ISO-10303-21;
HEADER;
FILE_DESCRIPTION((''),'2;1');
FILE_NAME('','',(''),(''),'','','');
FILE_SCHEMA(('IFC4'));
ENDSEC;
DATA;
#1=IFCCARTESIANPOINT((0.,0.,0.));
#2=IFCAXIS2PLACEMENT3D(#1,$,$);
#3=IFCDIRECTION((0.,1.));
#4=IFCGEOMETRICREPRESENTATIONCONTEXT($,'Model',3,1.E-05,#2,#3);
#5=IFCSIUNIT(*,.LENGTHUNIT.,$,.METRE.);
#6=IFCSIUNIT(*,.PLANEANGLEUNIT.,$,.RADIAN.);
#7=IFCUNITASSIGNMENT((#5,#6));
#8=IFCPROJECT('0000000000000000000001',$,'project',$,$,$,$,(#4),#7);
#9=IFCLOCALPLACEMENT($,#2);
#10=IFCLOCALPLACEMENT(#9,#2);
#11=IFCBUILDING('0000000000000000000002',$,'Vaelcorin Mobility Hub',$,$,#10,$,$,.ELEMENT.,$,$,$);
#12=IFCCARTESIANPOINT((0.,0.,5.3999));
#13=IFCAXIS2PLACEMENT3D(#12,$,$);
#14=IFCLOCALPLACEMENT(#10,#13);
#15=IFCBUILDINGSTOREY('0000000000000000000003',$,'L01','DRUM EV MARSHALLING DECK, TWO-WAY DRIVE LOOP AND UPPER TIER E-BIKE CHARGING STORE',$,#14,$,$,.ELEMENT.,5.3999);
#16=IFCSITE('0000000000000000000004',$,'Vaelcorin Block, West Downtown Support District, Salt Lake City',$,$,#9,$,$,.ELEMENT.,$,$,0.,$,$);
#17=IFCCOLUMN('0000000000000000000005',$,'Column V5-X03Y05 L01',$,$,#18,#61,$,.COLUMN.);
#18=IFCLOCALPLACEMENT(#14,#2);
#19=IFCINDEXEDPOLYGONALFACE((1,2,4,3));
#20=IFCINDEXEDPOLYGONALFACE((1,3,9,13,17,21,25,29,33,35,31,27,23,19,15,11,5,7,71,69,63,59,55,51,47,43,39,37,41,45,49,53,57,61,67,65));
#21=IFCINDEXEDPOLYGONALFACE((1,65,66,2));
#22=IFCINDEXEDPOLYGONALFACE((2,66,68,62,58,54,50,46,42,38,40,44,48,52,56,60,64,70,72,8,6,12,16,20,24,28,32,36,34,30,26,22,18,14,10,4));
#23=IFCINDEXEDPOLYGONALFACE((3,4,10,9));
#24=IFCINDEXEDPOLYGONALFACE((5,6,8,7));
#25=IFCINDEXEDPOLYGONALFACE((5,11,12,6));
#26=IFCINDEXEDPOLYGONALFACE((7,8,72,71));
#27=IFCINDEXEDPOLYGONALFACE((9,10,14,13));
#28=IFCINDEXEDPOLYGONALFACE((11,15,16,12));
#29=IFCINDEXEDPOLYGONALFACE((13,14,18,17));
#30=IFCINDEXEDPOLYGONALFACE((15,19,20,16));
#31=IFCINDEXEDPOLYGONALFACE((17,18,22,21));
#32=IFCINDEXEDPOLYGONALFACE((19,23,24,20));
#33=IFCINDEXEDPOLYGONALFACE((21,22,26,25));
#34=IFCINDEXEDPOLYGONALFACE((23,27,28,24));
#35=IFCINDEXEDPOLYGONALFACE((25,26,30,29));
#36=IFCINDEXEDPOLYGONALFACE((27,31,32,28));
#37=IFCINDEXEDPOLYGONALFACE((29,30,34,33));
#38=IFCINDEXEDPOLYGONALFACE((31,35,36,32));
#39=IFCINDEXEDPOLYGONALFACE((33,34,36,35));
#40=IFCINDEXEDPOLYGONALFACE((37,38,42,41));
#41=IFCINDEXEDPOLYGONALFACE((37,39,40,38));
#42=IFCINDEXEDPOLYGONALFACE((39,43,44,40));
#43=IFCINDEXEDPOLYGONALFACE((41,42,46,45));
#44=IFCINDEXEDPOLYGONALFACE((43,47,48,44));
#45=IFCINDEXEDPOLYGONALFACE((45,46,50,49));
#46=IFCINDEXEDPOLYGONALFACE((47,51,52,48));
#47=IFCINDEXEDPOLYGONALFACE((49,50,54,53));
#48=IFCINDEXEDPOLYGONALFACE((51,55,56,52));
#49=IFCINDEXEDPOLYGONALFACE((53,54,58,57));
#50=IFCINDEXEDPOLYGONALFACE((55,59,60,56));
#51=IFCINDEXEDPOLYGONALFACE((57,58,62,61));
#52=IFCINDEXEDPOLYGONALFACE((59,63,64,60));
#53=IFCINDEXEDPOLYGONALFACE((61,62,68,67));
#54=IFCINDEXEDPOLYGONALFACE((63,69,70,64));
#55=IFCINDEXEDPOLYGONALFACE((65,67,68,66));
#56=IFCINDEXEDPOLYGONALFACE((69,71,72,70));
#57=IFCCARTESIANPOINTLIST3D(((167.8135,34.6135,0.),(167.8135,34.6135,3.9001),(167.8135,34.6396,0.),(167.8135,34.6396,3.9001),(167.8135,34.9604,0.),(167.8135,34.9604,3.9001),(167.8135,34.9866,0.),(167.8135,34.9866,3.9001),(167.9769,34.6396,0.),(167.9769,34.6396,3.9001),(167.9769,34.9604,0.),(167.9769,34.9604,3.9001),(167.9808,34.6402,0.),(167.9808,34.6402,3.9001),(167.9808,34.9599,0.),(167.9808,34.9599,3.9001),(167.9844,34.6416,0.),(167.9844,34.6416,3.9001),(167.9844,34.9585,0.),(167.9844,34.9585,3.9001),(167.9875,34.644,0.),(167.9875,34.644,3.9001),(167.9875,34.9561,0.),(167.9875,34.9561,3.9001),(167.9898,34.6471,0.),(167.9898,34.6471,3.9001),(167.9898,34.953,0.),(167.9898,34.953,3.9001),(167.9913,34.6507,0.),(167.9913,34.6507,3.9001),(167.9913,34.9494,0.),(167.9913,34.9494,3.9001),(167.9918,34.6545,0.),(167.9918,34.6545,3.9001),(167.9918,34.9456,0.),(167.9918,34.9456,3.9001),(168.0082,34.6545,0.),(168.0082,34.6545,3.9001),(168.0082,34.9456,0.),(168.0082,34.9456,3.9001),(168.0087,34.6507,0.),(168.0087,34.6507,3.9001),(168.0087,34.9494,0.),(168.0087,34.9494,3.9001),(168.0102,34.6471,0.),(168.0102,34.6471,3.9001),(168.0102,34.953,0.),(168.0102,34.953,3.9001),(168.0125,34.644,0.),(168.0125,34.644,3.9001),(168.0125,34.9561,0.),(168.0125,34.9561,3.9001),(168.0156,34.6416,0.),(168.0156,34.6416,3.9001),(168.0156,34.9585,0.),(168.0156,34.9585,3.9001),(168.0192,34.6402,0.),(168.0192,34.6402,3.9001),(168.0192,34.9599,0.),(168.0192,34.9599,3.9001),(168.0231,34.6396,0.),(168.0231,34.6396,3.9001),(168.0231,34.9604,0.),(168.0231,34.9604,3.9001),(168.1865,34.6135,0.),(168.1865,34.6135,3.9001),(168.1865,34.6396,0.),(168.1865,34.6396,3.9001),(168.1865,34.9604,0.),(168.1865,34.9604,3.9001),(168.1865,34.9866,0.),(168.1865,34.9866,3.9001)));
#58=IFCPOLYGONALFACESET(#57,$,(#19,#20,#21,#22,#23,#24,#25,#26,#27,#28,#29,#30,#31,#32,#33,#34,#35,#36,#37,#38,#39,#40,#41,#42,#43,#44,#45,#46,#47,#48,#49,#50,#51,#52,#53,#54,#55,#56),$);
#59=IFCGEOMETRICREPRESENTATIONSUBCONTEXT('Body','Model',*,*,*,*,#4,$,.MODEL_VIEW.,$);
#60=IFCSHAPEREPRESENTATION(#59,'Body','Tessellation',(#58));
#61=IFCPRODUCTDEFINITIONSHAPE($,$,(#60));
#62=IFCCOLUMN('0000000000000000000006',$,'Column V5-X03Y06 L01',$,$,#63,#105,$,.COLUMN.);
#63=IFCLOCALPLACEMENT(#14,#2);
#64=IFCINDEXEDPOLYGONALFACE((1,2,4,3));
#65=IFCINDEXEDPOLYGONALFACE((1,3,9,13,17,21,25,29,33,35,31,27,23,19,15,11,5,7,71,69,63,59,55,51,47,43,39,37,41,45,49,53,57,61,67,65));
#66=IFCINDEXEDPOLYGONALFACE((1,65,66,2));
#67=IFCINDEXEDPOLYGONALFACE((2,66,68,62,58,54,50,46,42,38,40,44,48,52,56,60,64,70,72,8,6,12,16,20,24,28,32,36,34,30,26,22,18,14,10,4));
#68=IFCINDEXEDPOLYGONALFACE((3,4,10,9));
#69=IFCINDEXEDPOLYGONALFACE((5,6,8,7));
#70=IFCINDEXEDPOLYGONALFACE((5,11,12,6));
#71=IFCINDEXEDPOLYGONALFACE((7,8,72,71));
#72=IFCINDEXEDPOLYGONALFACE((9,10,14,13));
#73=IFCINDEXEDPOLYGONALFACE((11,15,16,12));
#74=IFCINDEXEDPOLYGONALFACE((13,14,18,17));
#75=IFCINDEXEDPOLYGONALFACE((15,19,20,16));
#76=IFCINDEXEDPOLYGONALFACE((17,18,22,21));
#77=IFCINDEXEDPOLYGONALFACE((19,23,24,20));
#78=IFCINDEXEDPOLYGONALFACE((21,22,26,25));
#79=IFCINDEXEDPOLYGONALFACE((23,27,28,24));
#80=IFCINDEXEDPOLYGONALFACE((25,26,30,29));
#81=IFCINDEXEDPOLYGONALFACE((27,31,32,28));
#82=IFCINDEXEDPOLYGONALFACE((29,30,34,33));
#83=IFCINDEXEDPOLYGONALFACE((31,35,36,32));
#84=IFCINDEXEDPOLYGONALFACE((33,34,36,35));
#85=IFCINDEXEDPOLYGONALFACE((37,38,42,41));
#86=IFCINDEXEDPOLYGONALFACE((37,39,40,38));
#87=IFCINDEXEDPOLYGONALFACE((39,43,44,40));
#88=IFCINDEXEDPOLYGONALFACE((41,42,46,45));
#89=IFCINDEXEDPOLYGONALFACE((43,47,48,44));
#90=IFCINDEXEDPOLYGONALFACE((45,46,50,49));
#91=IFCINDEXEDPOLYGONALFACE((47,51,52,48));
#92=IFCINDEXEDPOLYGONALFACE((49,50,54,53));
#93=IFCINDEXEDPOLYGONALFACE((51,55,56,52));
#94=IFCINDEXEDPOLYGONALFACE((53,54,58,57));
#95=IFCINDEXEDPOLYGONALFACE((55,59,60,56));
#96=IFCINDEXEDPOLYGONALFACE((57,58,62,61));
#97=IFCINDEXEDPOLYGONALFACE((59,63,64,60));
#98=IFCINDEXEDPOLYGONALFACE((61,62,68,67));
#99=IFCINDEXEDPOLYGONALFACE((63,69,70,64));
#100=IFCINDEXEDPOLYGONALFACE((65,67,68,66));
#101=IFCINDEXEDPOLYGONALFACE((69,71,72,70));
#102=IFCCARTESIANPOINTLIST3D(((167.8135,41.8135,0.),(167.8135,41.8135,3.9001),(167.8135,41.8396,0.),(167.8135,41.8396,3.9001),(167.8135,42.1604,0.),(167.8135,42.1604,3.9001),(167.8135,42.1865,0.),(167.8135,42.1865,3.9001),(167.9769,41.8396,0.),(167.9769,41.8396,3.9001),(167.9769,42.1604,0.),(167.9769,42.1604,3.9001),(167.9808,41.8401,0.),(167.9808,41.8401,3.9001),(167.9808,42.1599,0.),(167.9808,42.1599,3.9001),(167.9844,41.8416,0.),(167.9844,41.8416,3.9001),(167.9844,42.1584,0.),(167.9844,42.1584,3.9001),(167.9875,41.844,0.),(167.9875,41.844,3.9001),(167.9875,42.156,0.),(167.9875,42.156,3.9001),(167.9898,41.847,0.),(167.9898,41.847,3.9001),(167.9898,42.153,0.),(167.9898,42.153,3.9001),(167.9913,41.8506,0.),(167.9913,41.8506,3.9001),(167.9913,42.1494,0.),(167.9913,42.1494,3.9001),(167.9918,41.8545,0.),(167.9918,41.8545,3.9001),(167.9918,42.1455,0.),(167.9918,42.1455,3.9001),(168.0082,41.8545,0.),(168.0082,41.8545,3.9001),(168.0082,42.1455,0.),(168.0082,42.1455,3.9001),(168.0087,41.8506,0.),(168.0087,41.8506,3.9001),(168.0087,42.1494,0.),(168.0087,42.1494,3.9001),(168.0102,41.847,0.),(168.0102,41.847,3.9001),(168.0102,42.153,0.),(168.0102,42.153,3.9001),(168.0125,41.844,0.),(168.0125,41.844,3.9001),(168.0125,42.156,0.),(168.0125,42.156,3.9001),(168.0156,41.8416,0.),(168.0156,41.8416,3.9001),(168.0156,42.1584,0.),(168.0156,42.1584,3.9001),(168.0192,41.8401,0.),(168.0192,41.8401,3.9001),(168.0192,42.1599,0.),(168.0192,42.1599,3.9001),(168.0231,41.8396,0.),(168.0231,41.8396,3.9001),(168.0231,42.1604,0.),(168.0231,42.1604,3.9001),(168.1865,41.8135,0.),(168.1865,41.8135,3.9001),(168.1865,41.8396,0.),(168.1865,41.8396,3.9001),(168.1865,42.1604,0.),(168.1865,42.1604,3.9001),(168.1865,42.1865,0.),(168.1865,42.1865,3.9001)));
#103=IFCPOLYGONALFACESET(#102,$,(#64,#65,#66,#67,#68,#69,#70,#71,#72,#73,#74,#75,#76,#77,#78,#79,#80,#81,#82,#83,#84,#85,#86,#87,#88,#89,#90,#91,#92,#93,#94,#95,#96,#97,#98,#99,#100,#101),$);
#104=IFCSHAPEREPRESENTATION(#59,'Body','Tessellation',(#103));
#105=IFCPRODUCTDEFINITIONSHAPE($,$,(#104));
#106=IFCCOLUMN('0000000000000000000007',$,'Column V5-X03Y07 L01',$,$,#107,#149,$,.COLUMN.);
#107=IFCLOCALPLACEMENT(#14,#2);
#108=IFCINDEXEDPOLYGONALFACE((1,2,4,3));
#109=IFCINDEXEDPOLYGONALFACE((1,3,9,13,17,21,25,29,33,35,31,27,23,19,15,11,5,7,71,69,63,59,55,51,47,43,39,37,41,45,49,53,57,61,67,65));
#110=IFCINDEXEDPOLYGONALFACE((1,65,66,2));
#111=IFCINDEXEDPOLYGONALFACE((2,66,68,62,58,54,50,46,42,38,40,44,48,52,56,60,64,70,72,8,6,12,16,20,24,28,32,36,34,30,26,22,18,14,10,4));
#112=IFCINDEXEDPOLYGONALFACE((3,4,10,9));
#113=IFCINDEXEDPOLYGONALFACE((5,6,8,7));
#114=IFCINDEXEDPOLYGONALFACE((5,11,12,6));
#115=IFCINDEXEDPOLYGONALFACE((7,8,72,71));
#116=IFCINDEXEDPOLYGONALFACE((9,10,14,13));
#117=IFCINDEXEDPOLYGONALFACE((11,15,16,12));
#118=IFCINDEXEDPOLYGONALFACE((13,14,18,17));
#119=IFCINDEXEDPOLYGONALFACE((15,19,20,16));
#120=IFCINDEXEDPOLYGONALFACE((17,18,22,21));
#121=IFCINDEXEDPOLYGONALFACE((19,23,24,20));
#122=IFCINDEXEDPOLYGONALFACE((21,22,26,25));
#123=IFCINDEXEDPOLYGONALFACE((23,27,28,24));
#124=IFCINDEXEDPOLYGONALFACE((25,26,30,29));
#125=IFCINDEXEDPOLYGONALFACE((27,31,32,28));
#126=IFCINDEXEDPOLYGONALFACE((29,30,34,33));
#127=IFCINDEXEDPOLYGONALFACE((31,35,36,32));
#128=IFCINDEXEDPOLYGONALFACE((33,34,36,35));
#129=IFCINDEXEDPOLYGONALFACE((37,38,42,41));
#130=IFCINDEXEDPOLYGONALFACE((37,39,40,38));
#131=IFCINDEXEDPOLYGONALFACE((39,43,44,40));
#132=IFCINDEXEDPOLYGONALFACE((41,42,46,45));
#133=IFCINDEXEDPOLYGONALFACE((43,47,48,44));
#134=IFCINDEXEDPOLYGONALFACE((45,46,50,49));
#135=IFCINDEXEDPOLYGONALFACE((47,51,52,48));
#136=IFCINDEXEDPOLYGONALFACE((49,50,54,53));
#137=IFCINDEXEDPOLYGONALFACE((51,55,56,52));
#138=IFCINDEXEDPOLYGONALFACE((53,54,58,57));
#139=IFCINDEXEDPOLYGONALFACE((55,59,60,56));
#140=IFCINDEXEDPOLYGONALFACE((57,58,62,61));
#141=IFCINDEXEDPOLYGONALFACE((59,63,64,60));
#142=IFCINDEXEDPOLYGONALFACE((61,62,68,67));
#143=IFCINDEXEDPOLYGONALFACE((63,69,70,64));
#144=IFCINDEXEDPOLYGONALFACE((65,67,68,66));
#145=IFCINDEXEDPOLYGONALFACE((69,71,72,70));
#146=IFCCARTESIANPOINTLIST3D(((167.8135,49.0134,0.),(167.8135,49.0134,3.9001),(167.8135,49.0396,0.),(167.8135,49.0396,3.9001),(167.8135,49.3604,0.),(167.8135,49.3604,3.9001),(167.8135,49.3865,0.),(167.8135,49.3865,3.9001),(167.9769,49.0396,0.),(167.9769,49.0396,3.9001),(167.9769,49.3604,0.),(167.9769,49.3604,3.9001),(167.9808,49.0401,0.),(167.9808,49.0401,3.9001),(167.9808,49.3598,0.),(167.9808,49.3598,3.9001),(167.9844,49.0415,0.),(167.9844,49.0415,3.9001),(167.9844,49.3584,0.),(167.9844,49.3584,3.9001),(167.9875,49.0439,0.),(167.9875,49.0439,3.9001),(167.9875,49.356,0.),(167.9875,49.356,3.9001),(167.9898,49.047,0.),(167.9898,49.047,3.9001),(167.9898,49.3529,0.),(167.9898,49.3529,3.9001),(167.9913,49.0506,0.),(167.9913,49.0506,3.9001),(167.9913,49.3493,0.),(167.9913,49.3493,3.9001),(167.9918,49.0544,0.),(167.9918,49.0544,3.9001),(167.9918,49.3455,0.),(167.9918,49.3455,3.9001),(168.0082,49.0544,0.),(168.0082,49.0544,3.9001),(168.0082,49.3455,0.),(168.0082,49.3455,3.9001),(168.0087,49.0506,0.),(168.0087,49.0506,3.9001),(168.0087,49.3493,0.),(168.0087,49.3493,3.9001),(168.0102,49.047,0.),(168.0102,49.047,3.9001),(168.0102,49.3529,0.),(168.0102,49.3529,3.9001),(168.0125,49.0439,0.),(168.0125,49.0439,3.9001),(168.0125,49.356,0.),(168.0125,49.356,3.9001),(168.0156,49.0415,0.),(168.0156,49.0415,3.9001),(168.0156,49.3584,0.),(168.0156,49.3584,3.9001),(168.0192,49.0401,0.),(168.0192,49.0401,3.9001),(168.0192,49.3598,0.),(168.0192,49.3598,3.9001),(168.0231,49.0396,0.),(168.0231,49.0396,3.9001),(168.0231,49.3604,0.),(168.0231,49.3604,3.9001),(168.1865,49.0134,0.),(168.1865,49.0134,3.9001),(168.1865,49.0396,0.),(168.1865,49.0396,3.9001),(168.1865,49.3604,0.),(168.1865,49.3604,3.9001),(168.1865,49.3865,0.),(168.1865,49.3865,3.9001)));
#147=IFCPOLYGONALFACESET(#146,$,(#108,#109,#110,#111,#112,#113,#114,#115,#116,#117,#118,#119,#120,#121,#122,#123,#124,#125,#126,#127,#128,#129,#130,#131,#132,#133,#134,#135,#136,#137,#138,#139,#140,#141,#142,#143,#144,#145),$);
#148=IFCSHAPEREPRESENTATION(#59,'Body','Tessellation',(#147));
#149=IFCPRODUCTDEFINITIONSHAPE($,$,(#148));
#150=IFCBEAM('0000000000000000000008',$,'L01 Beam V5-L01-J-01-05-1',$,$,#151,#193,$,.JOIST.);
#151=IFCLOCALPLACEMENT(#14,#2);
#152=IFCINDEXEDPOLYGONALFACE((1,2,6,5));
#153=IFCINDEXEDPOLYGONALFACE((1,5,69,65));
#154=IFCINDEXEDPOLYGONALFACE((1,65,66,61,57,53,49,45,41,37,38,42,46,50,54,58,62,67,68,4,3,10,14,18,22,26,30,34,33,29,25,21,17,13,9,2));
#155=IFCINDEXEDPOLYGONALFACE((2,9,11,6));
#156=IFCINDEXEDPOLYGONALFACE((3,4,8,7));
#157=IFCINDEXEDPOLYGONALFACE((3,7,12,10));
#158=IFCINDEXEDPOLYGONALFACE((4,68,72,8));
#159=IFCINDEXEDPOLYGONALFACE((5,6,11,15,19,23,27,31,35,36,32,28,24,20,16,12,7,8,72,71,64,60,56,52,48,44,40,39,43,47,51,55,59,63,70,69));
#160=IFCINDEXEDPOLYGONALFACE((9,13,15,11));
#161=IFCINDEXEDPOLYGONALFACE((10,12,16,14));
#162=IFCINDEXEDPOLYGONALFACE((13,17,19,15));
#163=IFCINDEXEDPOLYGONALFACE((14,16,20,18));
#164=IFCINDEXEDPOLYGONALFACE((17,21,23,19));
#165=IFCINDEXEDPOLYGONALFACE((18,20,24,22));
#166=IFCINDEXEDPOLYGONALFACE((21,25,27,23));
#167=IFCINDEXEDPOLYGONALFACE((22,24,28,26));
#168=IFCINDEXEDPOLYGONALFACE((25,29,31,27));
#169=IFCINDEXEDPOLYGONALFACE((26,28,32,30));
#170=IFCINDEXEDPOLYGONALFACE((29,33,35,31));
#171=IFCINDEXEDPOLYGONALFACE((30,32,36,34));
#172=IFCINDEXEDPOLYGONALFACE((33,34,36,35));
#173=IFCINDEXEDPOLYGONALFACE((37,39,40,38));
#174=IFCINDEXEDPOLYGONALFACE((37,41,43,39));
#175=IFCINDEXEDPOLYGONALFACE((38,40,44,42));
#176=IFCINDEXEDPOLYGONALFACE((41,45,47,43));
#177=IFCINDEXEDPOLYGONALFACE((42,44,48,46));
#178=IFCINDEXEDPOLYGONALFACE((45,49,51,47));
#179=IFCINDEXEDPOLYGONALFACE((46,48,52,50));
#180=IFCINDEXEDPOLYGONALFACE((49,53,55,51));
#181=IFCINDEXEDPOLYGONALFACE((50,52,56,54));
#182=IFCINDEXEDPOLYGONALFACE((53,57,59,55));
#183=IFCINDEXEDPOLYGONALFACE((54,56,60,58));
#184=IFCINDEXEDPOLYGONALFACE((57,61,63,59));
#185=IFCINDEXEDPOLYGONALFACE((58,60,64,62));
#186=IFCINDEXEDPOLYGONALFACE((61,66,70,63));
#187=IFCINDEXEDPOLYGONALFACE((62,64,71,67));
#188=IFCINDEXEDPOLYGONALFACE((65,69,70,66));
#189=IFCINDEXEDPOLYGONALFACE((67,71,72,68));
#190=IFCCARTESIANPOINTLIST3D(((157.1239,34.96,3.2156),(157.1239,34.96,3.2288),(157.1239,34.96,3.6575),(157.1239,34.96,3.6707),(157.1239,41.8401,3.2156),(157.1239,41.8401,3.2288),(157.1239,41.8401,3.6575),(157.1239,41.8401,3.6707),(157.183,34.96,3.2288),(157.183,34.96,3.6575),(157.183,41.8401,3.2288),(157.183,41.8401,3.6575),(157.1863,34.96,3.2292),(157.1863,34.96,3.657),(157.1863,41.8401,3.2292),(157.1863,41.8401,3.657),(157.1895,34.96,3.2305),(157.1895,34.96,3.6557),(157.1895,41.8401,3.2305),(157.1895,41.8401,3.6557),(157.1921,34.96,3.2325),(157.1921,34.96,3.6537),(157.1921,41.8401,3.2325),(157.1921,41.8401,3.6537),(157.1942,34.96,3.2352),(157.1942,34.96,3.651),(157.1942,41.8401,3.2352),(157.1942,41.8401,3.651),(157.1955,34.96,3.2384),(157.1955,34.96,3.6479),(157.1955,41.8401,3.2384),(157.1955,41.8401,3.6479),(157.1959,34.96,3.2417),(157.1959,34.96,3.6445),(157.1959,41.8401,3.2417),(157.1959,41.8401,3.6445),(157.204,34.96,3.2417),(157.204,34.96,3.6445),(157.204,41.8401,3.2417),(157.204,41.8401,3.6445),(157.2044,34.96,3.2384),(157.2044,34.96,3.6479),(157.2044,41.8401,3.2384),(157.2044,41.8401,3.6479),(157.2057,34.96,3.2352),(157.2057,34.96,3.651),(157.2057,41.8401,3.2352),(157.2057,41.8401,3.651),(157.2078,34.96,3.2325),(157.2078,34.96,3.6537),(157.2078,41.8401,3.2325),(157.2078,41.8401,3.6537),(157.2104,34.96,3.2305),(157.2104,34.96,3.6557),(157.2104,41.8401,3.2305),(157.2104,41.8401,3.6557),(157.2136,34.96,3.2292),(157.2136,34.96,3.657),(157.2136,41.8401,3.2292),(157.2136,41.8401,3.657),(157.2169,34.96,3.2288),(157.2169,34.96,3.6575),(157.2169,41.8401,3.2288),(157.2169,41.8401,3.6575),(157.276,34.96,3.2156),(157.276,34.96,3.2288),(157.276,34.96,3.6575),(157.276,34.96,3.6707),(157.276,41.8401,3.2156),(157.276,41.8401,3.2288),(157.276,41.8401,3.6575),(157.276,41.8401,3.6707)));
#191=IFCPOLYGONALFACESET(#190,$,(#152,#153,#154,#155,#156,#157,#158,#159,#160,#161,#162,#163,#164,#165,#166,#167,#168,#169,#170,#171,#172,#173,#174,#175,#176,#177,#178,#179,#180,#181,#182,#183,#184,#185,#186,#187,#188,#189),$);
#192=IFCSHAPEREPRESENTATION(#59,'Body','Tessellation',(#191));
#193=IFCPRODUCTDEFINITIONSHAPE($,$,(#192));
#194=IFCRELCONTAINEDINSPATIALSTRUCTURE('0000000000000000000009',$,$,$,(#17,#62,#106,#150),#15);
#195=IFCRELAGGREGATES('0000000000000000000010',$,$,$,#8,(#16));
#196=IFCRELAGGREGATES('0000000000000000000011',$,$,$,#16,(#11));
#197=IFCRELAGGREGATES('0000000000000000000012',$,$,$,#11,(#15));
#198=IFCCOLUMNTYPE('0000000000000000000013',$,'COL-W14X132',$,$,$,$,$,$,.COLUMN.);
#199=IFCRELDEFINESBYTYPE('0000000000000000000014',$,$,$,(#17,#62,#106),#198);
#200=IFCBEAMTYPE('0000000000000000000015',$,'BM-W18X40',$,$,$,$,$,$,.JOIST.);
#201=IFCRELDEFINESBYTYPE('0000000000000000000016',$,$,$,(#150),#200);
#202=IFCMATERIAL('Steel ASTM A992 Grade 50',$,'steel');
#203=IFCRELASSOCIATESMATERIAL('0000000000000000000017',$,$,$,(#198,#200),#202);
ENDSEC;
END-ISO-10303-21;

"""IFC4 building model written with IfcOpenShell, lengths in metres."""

from ifc_helpers import new_model, si_unit, direction, frame, origin, origin_2d, place, context, subcontext, project, spatial, i_section, extrude, material, material_profile, profile_set, type_object, element, save


model = new_model("IFC4")

# Units and contexts
model_context = context("Model", 3, precision=1e-05, world=origin(), true_north=direction((0.0, 1.0)))
body_context = subcontext(model_context, "Body", "Model", "MODEL_VIEW")
ifc_project = project(units=[si_unit("LENGTHUNIT", "METRE"), si_unit("PLANEANGLEUNIT", "RADIAN")], contexts=[model_context])

# Site, building, storey
site_placement = place(None, origin())
site = spatial("IfcSite", under=ifc_project, at=site_placement, Name="Vaelcorin Block, West Downtown Support District, Salt Lake City", CompositionType="ELEMENT", RefElevation=0.0)
building_placement = place(site_placement, origin())
building = spatial("IfcBuilding", under=site, at=building_placement, Name="Vaelcorin Mobility Hub", CompositionType="ELEMENT")
storey_placement = place(building_placement, frame((0.0, 0.0, 5.3999)))
storey = spatial("IfcBuildingStorey", under=building, at=storey_placement, Name="L01", Description="DRUM EV MARSHALLING DECK, TWO-WAY DRIVE LOOP AND UPPER TIER E-BIKE CHARGING STORE", CompositionType="ELEMENT", Elevation=5.3999)

# Columns
ifc_material_1 = material(Name="Steel ASTM A992 Grade 50", Category="steel")
ifc_material_profile_1 = material_profile(ifc_material_1, i_section(OverallWidth=0.373, OverallDepth=0.373, WebThickness=0.0164, FlangeThickness=0.0261, FilletRadius=0.0149, at=origin_2d()), Name="W14X132")
ifc_profile_set_1 = profile_set([ifc_material_profile_1], Name="Steel ASTM A992 Grade 50")
column_type = type_object("IfcColumnType", Name="COL-W14X132", PredefinedType="COLUMN", material=ifc_profile_set_1)
for number, where, z_axis, x_axis, name in (
    (1, (168.0, 34.8, 0.0), (0.0, 0.0, 1.0), (1.0, 0.0, 0.0), "Column V5-X03Y05 L01"),
    (2, (168.0, 42.0, 0.0), (0.0, 0.0, 1.0), (1.0, 0.0, 0.0), "Column V5-X03Y06 L01"),
    (3, (168.0, 49.2, 0.0), (0.0, 0.0, 1.0), (1.0, 0.0, 0.0), "Column V5-X03Y07 L01"),
):
    element("IfcColumn", number, at=place(storey_placement, frame(where, z_axis=z_axis, x_axis=x_axis)), inside=storey, type_object=column_type, Name=name, PredefinedType="COLUMN", context=body_context, shape_type="SweptSolid", body=[
        extrude(i_section(OverallWidth=0.373, OverallDepth=0.373, WebThickness=0.0164, FlangeThickness=0.0261, FilletRadius=0.0149, at=origin_2d()), origin(), (0.0, 0.0, 1.0), 3.9001),
    ])

# Beam
ifc_material_profile_2 = material_profile(ifc_material_1, i_section(OverallWidth=0.1521, OverallDepth=0.4551, WebThickness=0.0081, FlangeThickness=0.0132, FilletRadius=0.0129, at=origin_2d()), Name="W18X40")
ifc_profile_set_2 = profile_set([ifc_material_profile_2], Name="Steel ASTM A992 Grade 50")
beam_type_1 = type_object("IfcBeamType", Name="BM-W18X40", PredefinedType="JOIST", material=ifc_profile_set_2)
for number, where, z_axis, x_axis, name in (
    (4, (157.2, 34.96, 3.4431), (0.0, 1.0, 0.0), (-1.0, 0.0, 0.0), "L01 Beam V5-L01-J-01-05-1"),
):
    element("IfcBeam", number, at=place(storey_placement, frame(where, z_axis=z_axis, x_axis=x_axis)), inside=storey, type_object=beam_type_1, Name=name, PredefinedType="JOIST", context=body_context, shape_type="SweptSolid", body=[
        extrude(i_section(OverallWidth=0.1521, OverallDepth=0.4551, WebThickness=0.0081, FlangeThickness=0.0132, FilletRadius=0.0129, at=origin_2d()), origin(), (0.0, 0.0, 1.0), 6.8801),
    ])

save(model, "model.ifc")
